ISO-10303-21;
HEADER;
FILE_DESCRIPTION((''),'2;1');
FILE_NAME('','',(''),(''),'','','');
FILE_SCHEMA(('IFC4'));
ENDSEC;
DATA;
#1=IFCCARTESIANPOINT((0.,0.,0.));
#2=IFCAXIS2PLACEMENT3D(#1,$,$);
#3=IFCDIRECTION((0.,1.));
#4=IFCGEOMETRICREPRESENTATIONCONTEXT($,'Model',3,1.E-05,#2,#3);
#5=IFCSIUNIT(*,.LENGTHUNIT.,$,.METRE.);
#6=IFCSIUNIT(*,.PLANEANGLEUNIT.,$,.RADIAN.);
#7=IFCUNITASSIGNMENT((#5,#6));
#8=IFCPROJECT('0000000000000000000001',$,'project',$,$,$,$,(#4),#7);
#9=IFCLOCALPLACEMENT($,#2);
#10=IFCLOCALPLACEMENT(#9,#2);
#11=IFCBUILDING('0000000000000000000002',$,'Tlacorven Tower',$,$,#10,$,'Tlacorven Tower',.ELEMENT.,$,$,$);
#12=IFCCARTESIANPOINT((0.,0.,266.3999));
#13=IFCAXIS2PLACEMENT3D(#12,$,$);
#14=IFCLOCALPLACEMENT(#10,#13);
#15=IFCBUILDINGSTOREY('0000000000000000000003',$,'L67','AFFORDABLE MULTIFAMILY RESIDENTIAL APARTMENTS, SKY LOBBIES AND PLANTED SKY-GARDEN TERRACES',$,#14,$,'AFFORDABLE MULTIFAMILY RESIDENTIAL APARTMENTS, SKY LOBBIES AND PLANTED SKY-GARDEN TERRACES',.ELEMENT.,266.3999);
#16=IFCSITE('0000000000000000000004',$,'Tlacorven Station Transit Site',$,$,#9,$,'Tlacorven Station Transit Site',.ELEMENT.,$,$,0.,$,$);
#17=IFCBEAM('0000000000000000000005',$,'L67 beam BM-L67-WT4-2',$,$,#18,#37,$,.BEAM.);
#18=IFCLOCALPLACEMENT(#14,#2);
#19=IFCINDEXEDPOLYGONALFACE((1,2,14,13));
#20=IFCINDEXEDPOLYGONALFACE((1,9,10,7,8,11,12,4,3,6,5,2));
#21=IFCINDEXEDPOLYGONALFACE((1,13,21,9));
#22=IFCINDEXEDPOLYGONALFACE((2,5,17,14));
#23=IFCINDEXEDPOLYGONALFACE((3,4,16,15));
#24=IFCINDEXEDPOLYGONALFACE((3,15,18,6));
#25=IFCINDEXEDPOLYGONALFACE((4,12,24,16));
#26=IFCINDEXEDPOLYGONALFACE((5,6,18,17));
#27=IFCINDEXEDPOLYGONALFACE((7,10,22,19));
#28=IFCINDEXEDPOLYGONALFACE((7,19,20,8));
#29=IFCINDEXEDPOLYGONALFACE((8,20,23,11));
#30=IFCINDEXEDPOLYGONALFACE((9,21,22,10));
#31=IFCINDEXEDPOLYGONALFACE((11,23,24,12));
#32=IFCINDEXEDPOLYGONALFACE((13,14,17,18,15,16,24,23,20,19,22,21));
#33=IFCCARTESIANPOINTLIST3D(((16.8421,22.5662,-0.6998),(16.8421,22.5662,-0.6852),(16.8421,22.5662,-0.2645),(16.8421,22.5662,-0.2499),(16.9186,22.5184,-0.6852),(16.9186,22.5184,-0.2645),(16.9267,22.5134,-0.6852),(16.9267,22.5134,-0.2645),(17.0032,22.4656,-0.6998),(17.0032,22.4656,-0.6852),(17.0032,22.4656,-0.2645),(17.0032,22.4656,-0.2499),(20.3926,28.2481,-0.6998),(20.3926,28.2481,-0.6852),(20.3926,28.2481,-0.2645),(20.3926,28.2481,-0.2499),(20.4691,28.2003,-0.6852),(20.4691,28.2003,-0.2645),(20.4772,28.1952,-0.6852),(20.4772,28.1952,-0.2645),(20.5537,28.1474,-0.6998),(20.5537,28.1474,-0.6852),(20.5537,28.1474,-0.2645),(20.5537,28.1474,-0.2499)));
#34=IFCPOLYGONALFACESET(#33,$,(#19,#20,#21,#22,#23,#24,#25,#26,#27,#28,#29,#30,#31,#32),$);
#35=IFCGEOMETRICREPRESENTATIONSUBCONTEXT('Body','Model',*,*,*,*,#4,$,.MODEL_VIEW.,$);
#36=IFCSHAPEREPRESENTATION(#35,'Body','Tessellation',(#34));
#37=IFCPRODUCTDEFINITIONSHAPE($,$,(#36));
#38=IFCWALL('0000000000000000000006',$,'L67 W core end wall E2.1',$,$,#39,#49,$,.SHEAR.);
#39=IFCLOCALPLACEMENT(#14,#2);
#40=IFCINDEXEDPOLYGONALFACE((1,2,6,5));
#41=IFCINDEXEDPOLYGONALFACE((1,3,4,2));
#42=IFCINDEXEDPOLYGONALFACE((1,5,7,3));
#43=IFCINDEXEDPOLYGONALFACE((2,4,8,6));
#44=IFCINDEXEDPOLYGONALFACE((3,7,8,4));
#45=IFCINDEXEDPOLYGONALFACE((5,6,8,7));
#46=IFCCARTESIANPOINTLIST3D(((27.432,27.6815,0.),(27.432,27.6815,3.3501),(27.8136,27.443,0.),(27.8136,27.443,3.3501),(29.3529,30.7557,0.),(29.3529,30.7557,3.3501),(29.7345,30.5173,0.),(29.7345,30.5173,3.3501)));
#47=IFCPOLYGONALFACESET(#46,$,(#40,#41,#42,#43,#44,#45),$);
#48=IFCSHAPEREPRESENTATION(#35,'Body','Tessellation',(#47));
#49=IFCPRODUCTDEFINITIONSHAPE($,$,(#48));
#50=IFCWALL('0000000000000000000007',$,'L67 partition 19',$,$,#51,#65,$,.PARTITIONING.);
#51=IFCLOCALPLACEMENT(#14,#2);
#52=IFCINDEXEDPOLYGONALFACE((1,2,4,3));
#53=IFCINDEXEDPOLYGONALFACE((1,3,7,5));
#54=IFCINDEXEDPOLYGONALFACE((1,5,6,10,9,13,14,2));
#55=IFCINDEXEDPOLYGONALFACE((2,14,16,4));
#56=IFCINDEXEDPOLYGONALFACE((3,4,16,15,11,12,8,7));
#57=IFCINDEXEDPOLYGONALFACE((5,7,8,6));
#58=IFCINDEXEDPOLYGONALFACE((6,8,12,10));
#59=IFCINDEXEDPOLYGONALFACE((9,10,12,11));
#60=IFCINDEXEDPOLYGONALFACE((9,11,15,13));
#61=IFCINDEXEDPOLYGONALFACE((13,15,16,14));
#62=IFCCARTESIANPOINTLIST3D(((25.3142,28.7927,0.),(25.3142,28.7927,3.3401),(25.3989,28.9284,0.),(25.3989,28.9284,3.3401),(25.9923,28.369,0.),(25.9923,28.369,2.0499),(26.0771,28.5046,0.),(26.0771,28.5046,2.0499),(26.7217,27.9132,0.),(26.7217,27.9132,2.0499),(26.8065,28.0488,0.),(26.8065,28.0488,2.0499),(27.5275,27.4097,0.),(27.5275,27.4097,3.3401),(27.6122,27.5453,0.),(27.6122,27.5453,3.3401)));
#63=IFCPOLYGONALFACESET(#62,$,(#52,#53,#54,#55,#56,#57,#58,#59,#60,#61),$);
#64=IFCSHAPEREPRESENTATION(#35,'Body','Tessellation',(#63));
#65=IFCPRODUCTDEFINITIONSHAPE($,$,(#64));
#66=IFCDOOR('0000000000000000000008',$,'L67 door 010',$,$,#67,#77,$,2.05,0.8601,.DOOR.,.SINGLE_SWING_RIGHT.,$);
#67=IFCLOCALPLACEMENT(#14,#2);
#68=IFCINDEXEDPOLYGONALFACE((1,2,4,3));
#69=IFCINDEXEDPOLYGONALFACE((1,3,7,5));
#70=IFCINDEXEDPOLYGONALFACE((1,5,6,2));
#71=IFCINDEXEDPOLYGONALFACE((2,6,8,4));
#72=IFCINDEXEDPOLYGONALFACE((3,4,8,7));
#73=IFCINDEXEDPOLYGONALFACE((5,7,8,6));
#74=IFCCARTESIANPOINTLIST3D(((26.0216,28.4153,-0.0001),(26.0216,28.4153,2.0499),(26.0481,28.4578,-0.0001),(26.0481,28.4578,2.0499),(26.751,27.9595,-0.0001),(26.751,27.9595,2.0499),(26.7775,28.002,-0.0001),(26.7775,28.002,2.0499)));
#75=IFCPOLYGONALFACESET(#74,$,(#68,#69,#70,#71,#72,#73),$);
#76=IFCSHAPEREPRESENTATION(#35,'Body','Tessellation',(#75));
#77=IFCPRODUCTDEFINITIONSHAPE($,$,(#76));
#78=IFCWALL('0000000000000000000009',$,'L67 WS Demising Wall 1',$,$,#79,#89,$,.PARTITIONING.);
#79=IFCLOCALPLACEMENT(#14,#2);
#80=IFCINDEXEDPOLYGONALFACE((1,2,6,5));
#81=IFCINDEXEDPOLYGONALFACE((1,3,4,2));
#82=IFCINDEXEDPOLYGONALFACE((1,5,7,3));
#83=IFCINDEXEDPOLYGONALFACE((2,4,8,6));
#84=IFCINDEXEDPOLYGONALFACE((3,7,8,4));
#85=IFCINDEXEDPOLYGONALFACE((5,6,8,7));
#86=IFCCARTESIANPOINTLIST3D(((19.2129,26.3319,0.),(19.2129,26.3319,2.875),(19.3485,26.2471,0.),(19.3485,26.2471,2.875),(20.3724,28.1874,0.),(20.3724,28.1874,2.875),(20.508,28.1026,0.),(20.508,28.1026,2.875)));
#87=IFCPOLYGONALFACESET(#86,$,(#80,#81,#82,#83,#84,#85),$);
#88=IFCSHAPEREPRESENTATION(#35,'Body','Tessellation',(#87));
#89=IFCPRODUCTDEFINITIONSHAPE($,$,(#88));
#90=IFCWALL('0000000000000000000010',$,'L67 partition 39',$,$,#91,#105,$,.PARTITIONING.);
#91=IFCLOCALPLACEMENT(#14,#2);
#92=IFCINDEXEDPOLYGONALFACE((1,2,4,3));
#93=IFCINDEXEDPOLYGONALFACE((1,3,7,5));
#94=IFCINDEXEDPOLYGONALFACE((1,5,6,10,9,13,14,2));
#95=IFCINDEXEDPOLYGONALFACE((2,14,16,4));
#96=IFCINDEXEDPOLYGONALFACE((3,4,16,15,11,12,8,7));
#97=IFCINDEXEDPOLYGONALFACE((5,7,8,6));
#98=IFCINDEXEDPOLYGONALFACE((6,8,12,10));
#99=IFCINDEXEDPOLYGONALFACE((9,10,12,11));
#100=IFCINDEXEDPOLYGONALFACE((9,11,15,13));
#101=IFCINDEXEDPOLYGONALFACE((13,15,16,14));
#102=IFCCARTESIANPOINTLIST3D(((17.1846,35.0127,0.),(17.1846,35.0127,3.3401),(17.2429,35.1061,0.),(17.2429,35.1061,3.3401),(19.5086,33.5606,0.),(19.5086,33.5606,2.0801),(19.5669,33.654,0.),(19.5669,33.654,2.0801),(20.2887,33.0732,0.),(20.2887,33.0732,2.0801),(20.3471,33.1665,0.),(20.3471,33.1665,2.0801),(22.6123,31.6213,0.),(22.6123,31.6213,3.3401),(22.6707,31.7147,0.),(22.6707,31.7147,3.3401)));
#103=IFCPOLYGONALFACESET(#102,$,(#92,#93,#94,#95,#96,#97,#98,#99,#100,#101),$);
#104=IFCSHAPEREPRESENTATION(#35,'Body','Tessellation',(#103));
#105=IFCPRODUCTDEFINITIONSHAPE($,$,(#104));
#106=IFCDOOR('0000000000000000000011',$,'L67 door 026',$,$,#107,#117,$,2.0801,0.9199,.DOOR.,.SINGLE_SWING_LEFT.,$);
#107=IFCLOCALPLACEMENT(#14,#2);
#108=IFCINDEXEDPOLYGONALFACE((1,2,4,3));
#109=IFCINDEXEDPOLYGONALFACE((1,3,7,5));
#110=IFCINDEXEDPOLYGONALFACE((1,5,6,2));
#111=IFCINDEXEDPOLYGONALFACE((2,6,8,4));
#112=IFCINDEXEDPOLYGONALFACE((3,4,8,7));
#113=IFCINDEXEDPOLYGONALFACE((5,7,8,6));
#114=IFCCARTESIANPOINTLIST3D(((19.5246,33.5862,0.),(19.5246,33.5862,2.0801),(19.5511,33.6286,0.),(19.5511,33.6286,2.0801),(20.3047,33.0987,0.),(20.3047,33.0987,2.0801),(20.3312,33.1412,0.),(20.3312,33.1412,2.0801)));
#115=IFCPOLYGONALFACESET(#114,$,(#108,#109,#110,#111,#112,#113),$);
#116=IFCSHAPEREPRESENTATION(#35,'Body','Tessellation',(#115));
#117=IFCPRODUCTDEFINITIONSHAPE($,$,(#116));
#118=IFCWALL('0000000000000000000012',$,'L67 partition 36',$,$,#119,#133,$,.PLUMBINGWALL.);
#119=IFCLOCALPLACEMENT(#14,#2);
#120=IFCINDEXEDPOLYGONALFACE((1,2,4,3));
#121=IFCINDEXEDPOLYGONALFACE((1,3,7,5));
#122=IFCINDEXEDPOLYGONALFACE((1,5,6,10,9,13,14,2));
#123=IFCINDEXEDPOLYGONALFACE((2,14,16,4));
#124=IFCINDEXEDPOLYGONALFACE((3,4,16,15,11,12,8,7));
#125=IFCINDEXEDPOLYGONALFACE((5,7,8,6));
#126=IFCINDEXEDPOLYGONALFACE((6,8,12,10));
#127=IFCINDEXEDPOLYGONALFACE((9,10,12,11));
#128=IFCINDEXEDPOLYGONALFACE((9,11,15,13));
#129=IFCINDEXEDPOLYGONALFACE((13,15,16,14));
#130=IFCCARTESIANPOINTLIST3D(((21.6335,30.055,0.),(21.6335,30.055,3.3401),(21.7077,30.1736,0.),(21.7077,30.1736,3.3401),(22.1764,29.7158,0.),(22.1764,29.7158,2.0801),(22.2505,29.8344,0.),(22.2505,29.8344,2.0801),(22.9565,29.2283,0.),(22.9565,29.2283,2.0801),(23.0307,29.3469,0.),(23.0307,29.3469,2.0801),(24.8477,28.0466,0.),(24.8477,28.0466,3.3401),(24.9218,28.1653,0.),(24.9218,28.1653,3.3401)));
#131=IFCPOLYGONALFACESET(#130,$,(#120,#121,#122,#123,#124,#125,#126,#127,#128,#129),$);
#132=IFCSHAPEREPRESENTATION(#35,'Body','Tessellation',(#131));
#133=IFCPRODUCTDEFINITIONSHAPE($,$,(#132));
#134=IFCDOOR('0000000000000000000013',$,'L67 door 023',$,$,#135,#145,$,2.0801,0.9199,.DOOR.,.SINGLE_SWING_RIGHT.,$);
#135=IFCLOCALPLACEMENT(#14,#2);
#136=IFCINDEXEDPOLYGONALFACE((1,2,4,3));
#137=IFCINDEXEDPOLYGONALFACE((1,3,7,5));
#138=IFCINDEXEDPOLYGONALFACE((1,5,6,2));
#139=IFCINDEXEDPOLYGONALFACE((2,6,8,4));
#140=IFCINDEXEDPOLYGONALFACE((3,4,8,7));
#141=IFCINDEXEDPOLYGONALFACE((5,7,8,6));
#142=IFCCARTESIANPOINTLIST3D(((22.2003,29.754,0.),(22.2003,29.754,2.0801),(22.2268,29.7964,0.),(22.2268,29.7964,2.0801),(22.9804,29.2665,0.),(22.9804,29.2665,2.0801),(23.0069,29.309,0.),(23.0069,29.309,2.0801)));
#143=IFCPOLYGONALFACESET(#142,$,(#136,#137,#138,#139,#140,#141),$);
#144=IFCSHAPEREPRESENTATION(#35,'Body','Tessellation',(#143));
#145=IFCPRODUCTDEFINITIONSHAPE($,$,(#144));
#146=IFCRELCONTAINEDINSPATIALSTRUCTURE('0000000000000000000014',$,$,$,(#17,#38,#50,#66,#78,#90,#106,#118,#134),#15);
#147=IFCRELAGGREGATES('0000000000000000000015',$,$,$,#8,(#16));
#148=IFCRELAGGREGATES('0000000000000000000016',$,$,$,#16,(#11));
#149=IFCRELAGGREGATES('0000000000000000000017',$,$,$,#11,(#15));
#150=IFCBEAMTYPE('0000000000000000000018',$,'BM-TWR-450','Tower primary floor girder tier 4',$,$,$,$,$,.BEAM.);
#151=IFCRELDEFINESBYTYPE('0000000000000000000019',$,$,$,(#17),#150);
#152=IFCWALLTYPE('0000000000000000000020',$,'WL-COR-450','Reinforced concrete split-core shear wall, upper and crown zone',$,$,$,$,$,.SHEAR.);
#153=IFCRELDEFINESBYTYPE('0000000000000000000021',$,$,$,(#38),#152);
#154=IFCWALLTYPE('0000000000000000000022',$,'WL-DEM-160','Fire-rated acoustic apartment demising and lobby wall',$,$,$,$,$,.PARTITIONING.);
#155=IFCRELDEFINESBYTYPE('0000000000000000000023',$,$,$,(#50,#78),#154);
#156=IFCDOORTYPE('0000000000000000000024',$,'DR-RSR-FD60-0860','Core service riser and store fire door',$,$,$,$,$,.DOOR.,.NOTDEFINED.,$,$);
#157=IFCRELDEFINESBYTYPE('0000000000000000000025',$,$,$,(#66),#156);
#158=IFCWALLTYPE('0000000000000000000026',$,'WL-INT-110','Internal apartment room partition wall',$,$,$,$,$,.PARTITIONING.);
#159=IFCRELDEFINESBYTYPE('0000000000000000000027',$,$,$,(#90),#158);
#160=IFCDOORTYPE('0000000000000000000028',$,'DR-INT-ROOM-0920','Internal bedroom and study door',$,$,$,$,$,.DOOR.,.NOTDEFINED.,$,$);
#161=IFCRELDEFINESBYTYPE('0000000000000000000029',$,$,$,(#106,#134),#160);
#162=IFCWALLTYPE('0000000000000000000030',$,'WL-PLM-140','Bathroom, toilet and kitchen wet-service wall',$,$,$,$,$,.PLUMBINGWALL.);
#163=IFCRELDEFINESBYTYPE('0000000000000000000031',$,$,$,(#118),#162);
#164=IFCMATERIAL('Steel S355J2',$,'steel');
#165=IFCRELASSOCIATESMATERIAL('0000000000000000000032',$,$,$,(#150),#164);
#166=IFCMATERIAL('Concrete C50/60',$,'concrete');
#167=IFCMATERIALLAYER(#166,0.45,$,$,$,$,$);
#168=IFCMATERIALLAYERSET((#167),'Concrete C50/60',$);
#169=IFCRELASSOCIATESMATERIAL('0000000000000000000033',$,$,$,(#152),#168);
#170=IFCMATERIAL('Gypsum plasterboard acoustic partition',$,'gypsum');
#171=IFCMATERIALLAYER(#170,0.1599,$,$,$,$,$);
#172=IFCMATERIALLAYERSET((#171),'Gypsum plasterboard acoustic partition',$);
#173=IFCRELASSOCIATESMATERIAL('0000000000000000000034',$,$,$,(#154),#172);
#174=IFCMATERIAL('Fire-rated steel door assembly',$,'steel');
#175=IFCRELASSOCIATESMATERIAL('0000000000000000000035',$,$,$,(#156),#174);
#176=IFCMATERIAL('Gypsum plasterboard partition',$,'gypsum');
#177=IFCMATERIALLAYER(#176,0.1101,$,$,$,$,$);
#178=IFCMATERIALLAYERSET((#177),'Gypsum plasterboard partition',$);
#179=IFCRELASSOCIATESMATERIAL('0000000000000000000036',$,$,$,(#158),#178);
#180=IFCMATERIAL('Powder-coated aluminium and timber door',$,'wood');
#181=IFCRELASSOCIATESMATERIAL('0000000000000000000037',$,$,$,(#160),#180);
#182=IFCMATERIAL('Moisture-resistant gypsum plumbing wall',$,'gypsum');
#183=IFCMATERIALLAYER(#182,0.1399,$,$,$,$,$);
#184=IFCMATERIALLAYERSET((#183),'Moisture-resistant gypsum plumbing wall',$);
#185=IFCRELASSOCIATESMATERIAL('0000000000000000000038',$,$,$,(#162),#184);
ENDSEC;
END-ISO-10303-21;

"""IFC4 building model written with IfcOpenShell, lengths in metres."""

from ifc_helpers import new_model, si_unit, direction, frame, frame_2d, origin, origin_2d, place, context, subcontext, project, spatial, rectangle, i_section, extrude, source, transform, mapped, material, layer, layer_set, material_profile, profile_set, type_object, element, fill, save


model = new_model("IFC4")

# Units and contexts
model_context = context("Model", 3, precision=1e-05, world=origin(), true_north=direction((0.0, 1.0)))
body_context = subcontext(model_context, "Body", "Model", "MODEL_VIEW")
ifc_project = project(units=[si_unit("LENGTHUNIT", "METRE"), si_unit("PLANEANGLEUNIT", "RADIAN")], contexts=[model_context])

# Site, building, storey
site_placement = place(None, origin())
site = spatial("IfcSite", under=ifc_project, at=site_placement, Name="Tlacorven Station Transit Site", LongName="Tlacorven Station Transit Site", CompositionType="ELEMENT", RefElevation=0.0)
building_placement = place(site_placement, origin())
building = spatial("IfcBuilding", under=site, at=building_placement, Name="Tlacorven Tower", LongName="Tlacorven Tower", CompositionType="ELEMENT")
storey_placement = place(building_placement, frame((0.0, 0.0, 266.3999)))
storey = spatial("IfcBuildingStorey", under=building, at=storey_placement, Name="L67", Description="AFFORDABLE MULTIFAMILY RESIDENTIAL APARTMENTS, SKY LOBBIES AND PLANTED SKY-GARDEN TERRACES", LongName="AFFORDABLE MULTIFAMILY RESIDENTIAL APARTMENTS, SKY LOBBIES AND PLANTED SKY-GARDEN TERRACES", CompositionType="ELEMENT", Elevation=266.3999)

# Beam
ifc_material_1 = material(Name="Steel S355J2", Category="steel")
ifc_material_profile_1 = material_profile(ifc_material_1, i_section(OverallWidth=0.1899, OverallDepth=0.45, WebThickness=0.0095, FlangeThickness=0.0146, at=origin_2d()), Name="IPE 450")
ifc_profile_set_1 = profile_set([ifc_material_profile_1], Name="Steel S355J2")
beam_type_1 = type_object("IfcBeamType", Name="BM-TWR-450", Description="Tower primary floor girder tier 4", PredefinedType="BEAM", material=ifc_profile_set_1)
shared_shape_1 = source(origin(), body_context, "Body", "SweptSolid", [
    extrude(i_section(OverallWidth=0.1899, OverallDepth=0.45, WebThickness=0.0095, FlangeThickness=0.0146, at=origin_2d()), origin(), (0.0, 0.0, 1.0), 6.7),
])
beam_1_placement = place(storey_placement, frame((20.4731, 28.1978, -0.4749), z_axis=(-0.52993, -0.848041, 0.0), x_axis=(0.848041, -0.52993, 0.0)))
element("IfcBeam", 1, at=beam_1_placement, inside=storey, type_object=beam_type_1, Name="L67 beam BM-L67-WT4-2", PredefinedType="BEAM", context=body_context, shape_type="MappedRepresentation", body=[
    mapped(shared_shape_1, transform((0.0, 0.0, 0.0), scale=1.0)),
])

# Wall
ifc_material_2 = material(Name="Concrete C50/60", Category="concrete")
ifc_layer_1 = layer(ifc_material_2, 0.45)
ifc_layer_set_1 = layer_set([ifc_layer_1], Name="Concrete C50/60")
wall_type_1 = type_object("IfcWallType", Name="WL-COR-450", Description="Reinforced concrete split-core shear wall, upper and crown zone", PredefinedType="SHEAR", material=ifc_layer_set_1)
wall_1_placement = place(storey_placement, frame((29.5437, 30.6365, 0.0), z_axis=(0.0, 0.0, 1.0), x_axis=(-0.529902, -0.848059, 0.0)))
element("IfcWall", 2, at=wall_1_placement, inside=storey, type_object=wall_type_1, Name="L67 W core end wall E2.1", PredefinedType="SHEAR", context=body_context, shape_type="SweptSolid", body=[
    extrude(rectangle(XDim=3.625, YDim=0.45, at=frame_2d((1.8125, 0.0))), origin(), (0.0, 0.0, 1.0), 3.3501),
])

# Wall, opening, door
ifc_material_3 = material(Name="Gypsum plasterboard acoustic partition", Category="gypsum")
ifc_layer_2 = layer(ifc_material_3, 0.1599)
ifc_layer_set_2 = layer_set([ifc_layer_2], Name="Gypsum plasterboard acoustic partition")
wall_type_2 = type_object("IfcWallType", Name="WL-DEM-160", Description="Fire-rated acoustic apartment demising and lobby wall", PredefinedType="PARTITIONING", material=ifc_layer_set_2)
wall_2_placement = place(storey_placement, frame((27.5698, 27.4775, 0.0), z_axis=(0.0, 0.0, 1.0), x_axis=(-0.848051, 0.529915, 0.0)))
wall_2 = element("IfcWall", 3, at=wall_2_placement, inside=storey, type_object=wall_type_2, Name="L67 partition 19", PredefinedType="PARTITIONING", context=body_context, shape_type="SweptSolid", body=[
    extrude(rectangle(XDim=2.6099, YDim=0.1599, at=frame_2d((1.3049, 0.0))), origin(), (0.0, 0.0, 1.0), 3.3401),
])
opening_1_placement = place(wall_2_placement, frame((0.95, 0.0, 0.0)))
opening_1 = element("IfcOpeningElement", 4, at=opening_1_placement, cuts=wall_2, PredefinedType="OPENING", context=body_context, shape_type="SweptSolid", body=[
    extrude(rectangle(XDim=0.8601, YDim=2.05, at=frame_2d((0.4302, 1.0249))), frame((0.0, 0.0898, 0.0), z_axis=(0.0, -1.0, 0.0), x_axis=(1.0, 0.0, 0.0)), (0.0, 0.0, 1.0), 0.1799),
])
ifc_material_4 = material(Name="Fire-rated steel door assembly", Category="steel")
door_type_1 = type_object("IfcDoorType", Name="DR-RSR-FD60-0860", Description="Core service riser and store fire door", OperationType="NOTDEFINED", PredefinedType="DOOR", material=ifc_material_4)
shared_shape_2 = source(origin(), body_context, "Body", "SweptSolid", [
    extrude(rectangle(XDim=0.8601, YDim=2.05, at=frame_2d((0.4302, 1.0249))), frame((0.0, 0.0249, 0.0), z_axis=(0.0, -1.0, 0.0), x_axis=(1.0, 0.0, 0.0)), (0.0, 0.0, 1.0), 0.05),
])
door_1_placement = place(opening_1_placement, frame((0.8601, 0.0, 0.0), z_axis=(0.0, 0.0, 1.0), x_axis=(-1.0, 0.0, 0.0)))
door_1 = element("IfcDoor", 5, at=door_1_placement, inside=storey, type_object=door_type_1, Name="L67 door 010", OperationType="SINGLE_SWING_RIGHT", OverallHeight=2.05, OverallWidth=0.8601, PredefinedType="DOOR", context=body_context, shape_type="MappedRepresentation", body=[
    mapped(shared_shape_2, transform((0.0, 0.0, 0.0), scale=1.0)),
])
fill(opening_1, door_1)

# Wall
wall_3_placement = place(storey_placement, frame((20.4402, 28.145, 0.0), z_axis=(0.0, 0.0, 1.0), x_axis=(-0.529919, -0.848048, 0.0)))
element("IfcWall", 6, at=wall_3_placement, inside=storey, type_object=wall_type_2, Name="L67 WS Demising Wall 1", PredefinedType="PARTITIONING", context=body_context, shape_type="SweptSolid", body=[
    extrude(rectangle(XDim=2.188, YDim=0.1599, at=frame_2d((1.094, 0.0))), origin(), (0.0, 0.0, 1.0), 2.875),
])

# Walls, openings, doors
ifc_material_5 = material(Name="Gypsum plasterboard partition", Category="gypsum")
ifc_layer_3 = layer(ifc_material_5, 0.1101)
ifc_layer_set_3 = layer_set([ifc_layer_3], Name="Gypsum plasterboard partition")
wall_type_3 = type_object("IfcWallType", Name="WL-INT-110", Description="Internal apartment room partition wall", PredefinedType="PARTITIONING", material=ifc_layer_set_3)
wall_4_placement = place(storey_placement, frame((22.6416, 31.668, 0.0), z_axis=(0.0, 0.0, 1.0), x_axis=(-0.848067, 0.529889, 0.0)))
wall_4 = element("IfcWall", 7, at=wall_4_placement, inside=storey, type_object=wall_type_3, Name="L67 partition 39", PredefinedType="PARTITIONING", context=body_context, shape_type="SweptSolid", body=[
    extrude(rectangle(XDim=6.4001, YDim=0.1101, at=frame_2d((3.2002, 0.0))), origin(), (0.0, 0.0, 1.0), 3.3401),
])
opening_2_placement = place(wall_4_placement, frame((2.74, 0.0, 0.0)))
opening_2 = element("IfcOpeningElement", 8, at=opening_2_placement, cuts=wall_4, PredefinedType="OPENING", context=body_context, shape_type="SweptSolid", body=[
    extrude(rectangle(XDim=0.9199, YDim=2.0801, at=frame_2d((0.46, 1.04))), frame((0.0, 0.0649, 0.0), z_axis=(0.0, -1.0, 0.0), x_axis=(1.0, 0.0, 0.0)), (0.0, 0.0, 1.0), 0.1301),
])
ifc_material_6 = material(Name="Powder-coated aluminium and timber door", Category="wood")
door_type_2 = type_object("IfcDoorType", Name="DR-INT-ROOM-0920", Description="Internal bedroom and study door", OperationType="NOTDEFINED", PredefinedType="DOOR", material=ifc_material_6)
shared_shape_3 = source(origin(), body_context, "Body", "SweptSolid", [
    extrude(rectangle(XDim=0.9199, YDim=2.0801, at=frame_2d((0.46, 1.04))), frame((0.0, 0.0249, 0.0), z_axis=(0.0, -1.0, 0.0), x_axis=(1.0, 0.0, 0.0)), (0.0, 0.0, 1.0), 0.05),
])
door_2_placement = place(opening_2_placement, origin())
door_2 = element("IfcDoor", 9, at=door_2_placement, inside=storey, type_object=door_type_2, Name="L67 door 026", OperationType="SINGLE_SWING_LEFT", OverallHeight=2.0801, OverallWidth=0.9199, PredefinedType="DOOR", context=body_context, shape_type="MappedRepresentation", body=[
    mapped(shared_shape_3, transform((0.0, 0.0, 0.0), scale=1.0)),
])
fill(opening_2, door_2)
ifc_material_7 = material(Name="Moisture-resistant gypsum plumbing wall", Category="gypsum")
ifc_layer_4 = layer(ifc_material_7, 0.1399)
ifc_layer_set_4 = layer_set([ifc_layer_4], Name="Moisture-resistant gypsum plumbing wall")
wall_type_4 = type_object("IfcWallType", Name="WL-PLM-140", Description="Bathroom, toilet and kitchen wet-service wall", PredefinedType="PLUMBINGWALL", material=ifc_layer_set_4)
wall_5_placement = place(storey_placement, frame((24.8848, 28.106, 0.0), z_axis=(0.0, 0.0, 1.0), x_axis=(-0.84806, 0.529901, 0.0)))
wall_5 = element("IfcWall", 10, at=wall_5_placement, inside=storey, type_object=wall_type_4, Name="L67 partition 36", PredefinedType="PLUMBINGWALL", context=body_context, shape_type="SweptSolid", body=[
    extrude(rectangle(XDim=3.79, YDim=0.1399, at=frame_2d((1.895, 0.0))), origin(), (0.0, 0.0, 1.0), 3.3401),
])
opening_3_placement = place(wall_5_placement, frame((2.23, 0.0, 0.0)))
opening_3 = element("IfcOpeningElement", 11, at=opening_3_placement, cuts=wall_5, PredefinedType="OPENING", context=body_context, shape_type="SweptSolid", body=[
    extrude(rectangle(XDim=0.9199, YDim=2.0801, at=frame_2d((0.46, 1.04))), frame((0.0, 0.0801, 0.0), z_axis=(0.0, -1.0, 0.0), x_axis=(1.0, 0.0, 0.0)), (0.0, 0.0, 1.0), 0.1599),
])
door_3_placement = place(opening_3_placement, origin())
door_3 = element("IfcDoor", 12, at=door_3_placement, inside=storey, type_object=door_type_2, Name="L67 door 023", OperationType="SINGLE_SWING_RIGHT", OverallHeight=2.0801, OverallWidth=0.9199, PredefinedType="DOOR", context=body_context, shape_type="MappedRepresentation", body=[
    mapped(shared_shape_3, transform((0.0, 0.0, 0.0), scale=1.0)),
])
fill(opening_3, door_3)

save(model, "model.ifc")
